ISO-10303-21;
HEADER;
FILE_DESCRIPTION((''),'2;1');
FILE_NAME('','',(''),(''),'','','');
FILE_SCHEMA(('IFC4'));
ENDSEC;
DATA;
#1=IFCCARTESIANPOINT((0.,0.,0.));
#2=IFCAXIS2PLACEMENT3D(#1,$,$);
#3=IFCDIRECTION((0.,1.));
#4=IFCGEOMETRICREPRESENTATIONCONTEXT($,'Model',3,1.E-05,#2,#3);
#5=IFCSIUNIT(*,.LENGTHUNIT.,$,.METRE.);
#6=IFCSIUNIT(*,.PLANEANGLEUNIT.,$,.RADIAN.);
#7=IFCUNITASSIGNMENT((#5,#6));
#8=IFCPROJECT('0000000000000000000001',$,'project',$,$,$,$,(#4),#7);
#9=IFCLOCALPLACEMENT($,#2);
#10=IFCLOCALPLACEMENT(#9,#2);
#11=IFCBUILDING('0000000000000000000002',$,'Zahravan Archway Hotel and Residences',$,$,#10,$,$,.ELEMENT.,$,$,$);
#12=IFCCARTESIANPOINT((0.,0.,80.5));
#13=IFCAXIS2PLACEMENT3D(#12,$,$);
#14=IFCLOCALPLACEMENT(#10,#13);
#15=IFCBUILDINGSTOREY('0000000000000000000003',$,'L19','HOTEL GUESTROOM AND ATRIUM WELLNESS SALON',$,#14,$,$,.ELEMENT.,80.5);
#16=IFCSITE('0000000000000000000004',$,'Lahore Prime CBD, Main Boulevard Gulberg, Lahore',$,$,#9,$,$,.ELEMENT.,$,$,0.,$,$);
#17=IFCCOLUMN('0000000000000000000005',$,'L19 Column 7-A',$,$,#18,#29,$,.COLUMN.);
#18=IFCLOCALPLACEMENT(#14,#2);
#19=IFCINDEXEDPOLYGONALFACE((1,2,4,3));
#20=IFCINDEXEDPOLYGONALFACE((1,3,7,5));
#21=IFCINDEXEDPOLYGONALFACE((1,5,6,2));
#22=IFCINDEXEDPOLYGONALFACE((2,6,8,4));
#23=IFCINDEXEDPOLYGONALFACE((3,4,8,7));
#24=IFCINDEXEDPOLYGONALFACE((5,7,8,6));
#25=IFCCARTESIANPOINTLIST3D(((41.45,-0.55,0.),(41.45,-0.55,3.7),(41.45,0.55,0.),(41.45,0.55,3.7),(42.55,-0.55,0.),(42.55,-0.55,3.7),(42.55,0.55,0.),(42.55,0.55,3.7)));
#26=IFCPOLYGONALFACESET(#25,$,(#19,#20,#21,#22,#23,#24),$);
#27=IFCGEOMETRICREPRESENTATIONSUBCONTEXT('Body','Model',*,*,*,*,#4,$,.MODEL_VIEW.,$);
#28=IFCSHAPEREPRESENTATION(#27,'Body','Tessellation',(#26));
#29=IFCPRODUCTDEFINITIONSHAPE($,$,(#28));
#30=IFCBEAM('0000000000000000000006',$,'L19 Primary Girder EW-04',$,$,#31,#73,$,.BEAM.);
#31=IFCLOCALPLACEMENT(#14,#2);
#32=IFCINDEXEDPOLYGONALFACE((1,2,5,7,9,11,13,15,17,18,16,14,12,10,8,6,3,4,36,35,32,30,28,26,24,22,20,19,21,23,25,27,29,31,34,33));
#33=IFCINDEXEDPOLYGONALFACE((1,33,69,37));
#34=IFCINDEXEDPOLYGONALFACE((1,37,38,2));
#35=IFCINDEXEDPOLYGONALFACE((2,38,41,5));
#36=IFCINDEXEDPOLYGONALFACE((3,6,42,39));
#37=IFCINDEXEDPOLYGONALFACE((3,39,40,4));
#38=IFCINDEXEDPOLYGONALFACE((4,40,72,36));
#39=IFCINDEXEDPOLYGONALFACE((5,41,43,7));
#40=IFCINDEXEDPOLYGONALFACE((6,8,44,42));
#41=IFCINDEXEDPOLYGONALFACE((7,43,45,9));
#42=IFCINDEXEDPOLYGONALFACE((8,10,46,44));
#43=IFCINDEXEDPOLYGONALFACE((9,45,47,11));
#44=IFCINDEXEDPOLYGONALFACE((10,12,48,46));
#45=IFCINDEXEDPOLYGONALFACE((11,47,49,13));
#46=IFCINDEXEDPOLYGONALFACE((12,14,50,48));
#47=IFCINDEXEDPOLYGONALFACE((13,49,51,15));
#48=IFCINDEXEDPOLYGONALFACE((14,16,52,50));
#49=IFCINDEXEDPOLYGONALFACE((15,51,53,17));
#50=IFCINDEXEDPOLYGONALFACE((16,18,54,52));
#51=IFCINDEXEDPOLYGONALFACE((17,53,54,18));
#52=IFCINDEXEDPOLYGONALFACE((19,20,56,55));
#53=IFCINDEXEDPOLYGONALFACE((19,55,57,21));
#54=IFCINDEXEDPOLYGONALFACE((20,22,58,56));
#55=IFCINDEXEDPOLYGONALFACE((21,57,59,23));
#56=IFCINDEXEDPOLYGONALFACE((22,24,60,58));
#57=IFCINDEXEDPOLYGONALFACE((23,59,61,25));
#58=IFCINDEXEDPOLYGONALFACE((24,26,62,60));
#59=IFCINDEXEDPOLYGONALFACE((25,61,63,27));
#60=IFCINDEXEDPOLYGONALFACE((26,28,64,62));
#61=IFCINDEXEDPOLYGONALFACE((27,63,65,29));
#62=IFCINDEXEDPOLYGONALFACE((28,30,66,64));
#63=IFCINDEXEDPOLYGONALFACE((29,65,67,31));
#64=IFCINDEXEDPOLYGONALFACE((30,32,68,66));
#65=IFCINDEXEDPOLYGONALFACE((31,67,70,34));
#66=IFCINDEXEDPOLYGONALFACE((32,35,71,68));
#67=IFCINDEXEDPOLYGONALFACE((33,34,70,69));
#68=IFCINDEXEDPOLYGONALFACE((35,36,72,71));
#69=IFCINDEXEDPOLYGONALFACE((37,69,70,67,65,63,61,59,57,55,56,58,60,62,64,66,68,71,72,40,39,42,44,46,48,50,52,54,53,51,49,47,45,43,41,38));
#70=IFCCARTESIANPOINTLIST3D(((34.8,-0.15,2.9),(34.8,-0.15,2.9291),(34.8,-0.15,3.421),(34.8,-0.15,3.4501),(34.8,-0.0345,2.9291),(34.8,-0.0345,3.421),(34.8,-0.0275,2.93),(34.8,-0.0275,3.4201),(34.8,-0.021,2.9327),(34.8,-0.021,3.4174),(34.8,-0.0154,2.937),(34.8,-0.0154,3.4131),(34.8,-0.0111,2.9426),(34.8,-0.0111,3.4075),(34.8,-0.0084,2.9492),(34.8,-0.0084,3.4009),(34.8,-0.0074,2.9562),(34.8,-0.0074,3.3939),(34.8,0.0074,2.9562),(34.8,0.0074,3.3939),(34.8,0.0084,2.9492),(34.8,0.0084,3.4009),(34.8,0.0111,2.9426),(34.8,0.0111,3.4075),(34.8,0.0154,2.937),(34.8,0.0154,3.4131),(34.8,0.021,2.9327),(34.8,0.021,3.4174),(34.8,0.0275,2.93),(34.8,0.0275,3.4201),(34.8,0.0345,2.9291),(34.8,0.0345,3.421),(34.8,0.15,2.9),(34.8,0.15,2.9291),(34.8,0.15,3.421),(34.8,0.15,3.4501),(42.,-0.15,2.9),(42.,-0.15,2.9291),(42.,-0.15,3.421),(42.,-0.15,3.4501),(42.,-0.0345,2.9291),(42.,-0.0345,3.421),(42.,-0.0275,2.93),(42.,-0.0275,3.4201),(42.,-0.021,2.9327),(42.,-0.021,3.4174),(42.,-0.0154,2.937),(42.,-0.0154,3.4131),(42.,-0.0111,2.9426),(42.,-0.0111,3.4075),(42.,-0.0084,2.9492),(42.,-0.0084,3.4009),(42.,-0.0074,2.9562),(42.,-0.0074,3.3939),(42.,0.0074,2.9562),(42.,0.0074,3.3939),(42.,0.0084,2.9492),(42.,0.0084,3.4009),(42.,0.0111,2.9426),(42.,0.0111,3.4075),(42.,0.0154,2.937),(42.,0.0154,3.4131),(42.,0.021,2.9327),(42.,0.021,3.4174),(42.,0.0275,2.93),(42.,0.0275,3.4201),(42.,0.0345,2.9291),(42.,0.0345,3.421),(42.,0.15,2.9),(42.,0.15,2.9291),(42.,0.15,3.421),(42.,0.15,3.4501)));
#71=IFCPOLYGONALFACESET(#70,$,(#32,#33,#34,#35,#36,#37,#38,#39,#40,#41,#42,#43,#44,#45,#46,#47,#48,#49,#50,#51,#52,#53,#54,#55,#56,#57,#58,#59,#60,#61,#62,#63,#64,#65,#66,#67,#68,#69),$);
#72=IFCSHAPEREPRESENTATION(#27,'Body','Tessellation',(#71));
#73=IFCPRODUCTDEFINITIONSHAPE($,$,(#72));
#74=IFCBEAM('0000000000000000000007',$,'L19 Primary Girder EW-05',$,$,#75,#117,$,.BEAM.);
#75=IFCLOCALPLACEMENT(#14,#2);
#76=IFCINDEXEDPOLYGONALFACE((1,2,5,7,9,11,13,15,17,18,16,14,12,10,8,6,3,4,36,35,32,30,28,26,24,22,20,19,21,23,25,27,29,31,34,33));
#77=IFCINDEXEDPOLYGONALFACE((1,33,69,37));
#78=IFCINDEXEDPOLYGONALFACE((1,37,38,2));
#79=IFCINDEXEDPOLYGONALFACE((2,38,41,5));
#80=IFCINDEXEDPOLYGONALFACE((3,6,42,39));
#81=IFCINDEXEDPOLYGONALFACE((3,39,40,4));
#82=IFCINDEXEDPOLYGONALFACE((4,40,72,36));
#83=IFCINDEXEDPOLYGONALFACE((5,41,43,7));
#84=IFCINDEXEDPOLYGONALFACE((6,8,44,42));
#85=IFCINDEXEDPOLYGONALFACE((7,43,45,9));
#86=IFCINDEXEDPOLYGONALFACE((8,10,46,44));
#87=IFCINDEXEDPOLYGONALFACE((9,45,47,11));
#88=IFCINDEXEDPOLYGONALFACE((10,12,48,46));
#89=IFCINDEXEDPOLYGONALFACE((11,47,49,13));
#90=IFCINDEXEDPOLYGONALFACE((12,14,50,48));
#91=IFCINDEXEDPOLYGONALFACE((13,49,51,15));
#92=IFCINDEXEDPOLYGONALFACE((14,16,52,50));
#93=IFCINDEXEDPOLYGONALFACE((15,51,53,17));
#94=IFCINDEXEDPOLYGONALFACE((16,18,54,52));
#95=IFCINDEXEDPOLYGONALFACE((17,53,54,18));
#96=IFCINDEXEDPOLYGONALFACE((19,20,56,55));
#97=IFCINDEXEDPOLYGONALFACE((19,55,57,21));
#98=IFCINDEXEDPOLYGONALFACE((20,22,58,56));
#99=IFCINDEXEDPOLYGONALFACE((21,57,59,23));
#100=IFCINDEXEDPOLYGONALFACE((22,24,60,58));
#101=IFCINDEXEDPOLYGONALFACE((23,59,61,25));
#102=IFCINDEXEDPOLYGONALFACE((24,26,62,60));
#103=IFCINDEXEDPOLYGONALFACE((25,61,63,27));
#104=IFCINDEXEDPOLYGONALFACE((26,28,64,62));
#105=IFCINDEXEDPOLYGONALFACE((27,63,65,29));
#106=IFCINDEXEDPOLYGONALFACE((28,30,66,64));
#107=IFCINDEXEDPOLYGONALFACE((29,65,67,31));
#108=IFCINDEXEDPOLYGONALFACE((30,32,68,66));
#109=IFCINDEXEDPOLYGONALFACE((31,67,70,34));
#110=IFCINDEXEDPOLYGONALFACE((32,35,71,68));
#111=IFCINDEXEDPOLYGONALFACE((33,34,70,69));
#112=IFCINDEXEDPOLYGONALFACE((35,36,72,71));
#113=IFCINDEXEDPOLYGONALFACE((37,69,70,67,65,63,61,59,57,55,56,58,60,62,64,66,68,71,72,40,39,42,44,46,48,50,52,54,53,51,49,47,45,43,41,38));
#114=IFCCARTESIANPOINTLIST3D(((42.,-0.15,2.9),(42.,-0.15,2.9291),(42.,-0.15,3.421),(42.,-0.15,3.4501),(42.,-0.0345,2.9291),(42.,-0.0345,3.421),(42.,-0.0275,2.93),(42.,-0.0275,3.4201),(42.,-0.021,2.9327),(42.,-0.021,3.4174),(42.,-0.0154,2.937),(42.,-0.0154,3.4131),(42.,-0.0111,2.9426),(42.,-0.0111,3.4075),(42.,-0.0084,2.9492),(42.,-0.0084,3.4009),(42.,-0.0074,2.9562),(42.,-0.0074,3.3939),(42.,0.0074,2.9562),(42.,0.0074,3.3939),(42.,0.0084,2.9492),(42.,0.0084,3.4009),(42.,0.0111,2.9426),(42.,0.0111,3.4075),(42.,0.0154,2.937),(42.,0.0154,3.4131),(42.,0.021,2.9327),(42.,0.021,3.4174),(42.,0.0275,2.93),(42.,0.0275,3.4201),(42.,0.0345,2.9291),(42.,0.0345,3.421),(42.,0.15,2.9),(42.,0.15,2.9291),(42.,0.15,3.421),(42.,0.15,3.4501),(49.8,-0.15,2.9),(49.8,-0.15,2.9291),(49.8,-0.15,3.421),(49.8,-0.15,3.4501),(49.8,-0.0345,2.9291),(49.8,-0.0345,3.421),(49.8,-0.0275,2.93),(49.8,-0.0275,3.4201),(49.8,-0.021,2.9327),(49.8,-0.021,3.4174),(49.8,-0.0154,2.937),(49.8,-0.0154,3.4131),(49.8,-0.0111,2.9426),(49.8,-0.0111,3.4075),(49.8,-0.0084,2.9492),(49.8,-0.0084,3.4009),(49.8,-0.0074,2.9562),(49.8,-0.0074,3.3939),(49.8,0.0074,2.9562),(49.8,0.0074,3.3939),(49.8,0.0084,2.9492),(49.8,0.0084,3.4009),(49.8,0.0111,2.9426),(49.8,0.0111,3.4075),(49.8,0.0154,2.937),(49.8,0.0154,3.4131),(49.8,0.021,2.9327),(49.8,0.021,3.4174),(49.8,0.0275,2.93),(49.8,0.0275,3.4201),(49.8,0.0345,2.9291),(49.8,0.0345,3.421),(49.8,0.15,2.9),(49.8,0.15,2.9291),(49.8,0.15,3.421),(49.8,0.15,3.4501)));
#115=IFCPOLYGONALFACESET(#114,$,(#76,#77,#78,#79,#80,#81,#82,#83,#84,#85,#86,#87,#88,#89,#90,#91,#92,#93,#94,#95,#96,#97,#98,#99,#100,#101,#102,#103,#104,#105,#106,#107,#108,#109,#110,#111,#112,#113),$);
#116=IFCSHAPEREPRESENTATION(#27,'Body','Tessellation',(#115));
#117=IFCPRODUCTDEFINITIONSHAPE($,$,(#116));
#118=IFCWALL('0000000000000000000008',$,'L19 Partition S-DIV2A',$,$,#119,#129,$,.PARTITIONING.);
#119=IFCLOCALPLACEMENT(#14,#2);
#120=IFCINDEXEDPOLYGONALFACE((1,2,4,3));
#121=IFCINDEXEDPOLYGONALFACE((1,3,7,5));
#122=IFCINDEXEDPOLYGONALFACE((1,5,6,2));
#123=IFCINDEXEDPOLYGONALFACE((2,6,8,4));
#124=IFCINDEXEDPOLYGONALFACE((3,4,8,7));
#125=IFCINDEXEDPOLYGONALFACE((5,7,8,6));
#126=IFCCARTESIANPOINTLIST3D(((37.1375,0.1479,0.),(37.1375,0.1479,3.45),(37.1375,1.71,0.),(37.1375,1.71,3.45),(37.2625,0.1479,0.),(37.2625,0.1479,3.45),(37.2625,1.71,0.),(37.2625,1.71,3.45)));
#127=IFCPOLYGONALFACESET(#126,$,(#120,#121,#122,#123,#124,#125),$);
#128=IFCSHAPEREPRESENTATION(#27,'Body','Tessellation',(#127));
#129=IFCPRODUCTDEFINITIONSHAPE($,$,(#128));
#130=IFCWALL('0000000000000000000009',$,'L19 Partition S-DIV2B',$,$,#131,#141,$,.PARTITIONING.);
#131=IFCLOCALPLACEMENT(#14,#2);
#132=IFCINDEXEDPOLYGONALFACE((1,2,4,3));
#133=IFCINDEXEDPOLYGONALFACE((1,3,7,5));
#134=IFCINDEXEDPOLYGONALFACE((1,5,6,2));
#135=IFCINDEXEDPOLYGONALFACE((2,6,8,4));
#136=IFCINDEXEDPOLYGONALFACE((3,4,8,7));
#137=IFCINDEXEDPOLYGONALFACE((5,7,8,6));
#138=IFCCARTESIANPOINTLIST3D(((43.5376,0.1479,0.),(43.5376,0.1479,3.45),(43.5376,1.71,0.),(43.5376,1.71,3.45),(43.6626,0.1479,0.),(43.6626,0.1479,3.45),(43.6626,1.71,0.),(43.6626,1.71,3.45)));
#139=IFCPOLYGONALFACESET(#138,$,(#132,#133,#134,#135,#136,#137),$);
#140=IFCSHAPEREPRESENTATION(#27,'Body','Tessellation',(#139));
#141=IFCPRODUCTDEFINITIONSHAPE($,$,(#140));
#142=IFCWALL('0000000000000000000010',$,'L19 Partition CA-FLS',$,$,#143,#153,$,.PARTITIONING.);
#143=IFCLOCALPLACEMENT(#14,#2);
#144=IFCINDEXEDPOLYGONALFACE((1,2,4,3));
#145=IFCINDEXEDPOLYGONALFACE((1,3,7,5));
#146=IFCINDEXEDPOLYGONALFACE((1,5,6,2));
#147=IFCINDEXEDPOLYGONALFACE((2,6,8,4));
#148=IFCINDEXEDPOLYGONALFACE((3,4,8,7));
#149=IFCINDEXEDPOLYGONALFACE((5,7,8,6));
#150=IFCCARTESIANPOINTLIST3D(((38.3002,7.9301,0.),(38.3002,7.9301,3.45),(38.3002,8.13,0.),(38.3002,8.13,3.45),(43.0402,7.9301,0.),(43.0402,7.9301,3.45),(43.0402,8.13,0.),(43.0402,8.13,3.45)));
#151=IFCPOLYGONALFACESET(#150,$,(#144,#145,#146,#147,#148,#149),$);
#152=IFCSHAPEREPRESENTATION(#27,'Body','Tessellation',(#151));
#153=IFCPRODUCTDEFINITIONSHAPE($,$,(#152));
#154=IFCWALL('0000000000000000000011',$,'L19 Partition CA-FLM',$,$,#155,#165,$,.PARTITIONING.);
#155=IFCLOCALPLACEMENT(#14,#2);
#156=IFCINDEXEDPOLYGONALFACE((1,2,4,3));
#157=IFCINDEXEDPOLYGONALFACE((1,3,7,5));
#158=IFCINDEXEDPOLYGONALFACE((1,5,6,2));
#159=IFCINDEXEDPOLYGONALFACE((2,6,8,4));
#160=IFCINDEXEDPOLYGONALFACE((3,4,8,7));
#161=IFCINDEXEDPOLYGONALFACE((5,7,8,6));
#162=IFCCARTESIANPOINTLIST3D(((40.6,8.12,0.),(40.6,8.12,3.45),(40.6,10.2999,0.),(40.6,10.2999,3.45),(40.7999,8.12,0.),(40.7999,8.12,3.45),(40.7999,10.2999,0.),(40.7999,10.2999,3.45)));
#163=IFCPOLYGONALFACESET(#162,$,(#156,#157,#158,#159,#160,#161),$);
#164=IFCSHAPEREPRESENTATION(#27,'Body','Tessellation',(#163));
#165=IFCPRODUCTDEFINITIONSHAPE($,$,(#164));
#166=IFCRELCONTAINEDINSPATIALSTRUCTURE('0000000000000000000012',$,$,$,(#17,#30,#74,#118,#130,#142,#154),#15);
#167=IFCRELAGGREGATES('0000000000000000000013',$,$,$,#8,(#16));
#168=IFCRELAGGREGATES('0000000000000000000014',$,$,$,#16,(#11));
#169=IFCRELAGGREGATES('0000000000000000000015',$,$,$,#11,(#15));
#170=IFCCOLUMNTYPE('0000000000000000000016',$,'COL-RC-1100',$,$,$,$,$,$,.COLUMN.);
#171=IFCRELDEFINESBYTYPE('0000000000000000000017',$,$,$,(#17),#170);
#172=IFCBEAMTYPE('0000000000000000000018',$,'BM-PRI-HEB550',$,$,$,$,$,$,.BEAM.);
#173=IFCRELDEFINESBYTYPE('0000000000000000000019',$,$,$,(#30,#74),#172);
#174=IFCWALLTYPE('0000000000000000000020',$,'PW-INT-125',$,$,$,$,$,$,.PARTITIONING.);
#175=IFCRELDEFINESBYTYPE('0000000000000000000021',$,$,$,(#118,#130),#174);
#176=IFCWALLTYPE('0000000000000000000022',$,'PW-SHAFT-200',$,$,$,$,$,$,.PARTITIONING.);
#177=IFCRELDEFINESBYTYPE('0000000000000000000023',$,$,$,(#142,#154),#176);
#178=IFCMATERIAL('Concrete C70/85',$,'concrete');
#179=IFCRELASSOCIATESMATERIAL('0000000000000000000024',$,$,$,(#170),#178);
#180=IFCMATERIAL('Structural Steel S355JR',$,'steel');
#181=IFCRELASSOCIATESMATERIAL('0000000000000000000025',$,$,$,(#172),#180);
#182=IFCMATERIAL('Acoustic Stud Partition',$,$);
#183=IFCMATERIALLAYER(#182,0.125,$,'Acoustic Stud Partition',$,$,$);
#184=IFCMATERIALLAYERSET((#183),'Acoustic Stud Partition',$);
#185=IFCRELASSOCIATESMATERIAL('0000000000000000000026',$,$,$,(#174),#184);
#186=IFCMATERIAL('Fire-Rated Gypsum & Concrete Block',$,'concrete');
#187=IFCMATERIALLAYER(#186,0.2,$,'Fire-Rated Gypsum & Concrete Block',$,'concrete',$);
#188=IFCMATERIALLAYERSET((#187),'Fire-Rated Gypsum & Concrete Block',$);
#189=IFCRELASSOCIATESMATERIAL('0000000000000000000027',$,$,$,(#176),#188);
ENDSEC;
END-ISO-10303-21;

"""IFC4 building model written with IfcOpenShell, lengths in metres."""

from ifc_helpers import new_model, si_unit, direction, frame, frame_2d, origin, origin_2d, place, context, subcontext, project, spatial, rectangle, i_section, extrude, source, transform, mapped, material, layer, layer_set, material_profile, profile_set, type_object, element, save


model = new_model("IFC4")

# Units and contexts
model_context = context("Model", 3, precision=1e-05, world=origin(), true_north=direction((0.0, 1.0)))
body_context = subcontext(model_context, "Body", "Model", "MODEL_VIEW")
ifc_project = project(units=[si_unit("LENGTHUNIT", "METRE"), si_unit("PLANEANGLEUNIT", "RADIAN")], contexts=[model_context])

# Site, building, storey
site_placement = place(None, origin())
site = spatial("IfcSite", under=ifc_project, at=site_placement, Name="Lahore Prime CBD, Main Boulevard Gulberg, Lahore", CompositionType="ELEMENT", RefElevation=0.0)
building_placement = place(site_placement, origin())
building = spatial("IfcBuilding", under=site, at=building_placement, Name="Zahravan Archway Hotel and Residences", CompositionType="ELEMENT")
storey_placement = place(building_placement, frame((0.0, 0.0, 80.5)))
storey = spatial("IfcBuildingStorey", under=building, at=storey_placement, Name="L19", Description="HOTEL GUESTROOM AND ATRIUM WELLNESS SALON", CompositionType="ELEMENT", Elevation=80.5)

# Column
ifc_material_1 = material(Name="Concrete C70/85", Category="concrete")
ifc_material_profile_1 = material_profile(ifc_material_1, rectangle(XDim=1.1001, YDim=1.1001, at=origin_2d()), Name="RC 1100x1100", Category="concrete")
ifc_profile_set_1 = profile_set([ifc_material_profile_1], Name="Concrete C70/85")
column_type = type_object("IfcColumnType", Name="COL-RC-1100", PredefinedType="COLUMN", material=ifc_profile_set_1)
shared_shape_1 = source(origin(), body_context, "Body", "SweptSolid", [
    extrude(rectangle(XDim=1.1001, YDim=1.1001, at=origin_2d()), origin(), (0.0, 0.0, 1.0), 3.7),
])
column_placement = place(storey_placement, frame((42.0, 0.0, 0.0), z_axis=(0.0, 0.0, 1.0), x_axis=(1.0, 0.0, 0.0)))
element("IfcColumn", 1, at=column_placement, inside=storey, type_object=column_type, Name="L19 Column 7-A", PredefinedType="COLUMN", context=body_context, shape_type="MappedRepresentation", body=[
    mapped(shared_shape_1, transform((0.0, 0.0, 0.0), scale=1.0)),
])

# Beams
ifc_material_2 = material(Name="Structural Steel S355JR", Category="steel")
ifc_material_profile_2 = material_profile(ifc_material_2, i_section(OverallWidth=0.3, OverallDepth=0.55, WebThickness=0.0149, FlangeThickness=0.0291, FilletRadius=0.0271, at=origin_2d()), Name="HEB 550", Category="steel")
ifc_profile_set_2 = profile_set([ifc_material_profile_2], Name="Structural Steel S355JR")
beam_type = type_object("IfcBeamType", Name="BM-PRI-HEB550", PredefinedType="BEAM", material=ifc_profile_set_2)
shared_shape_2 = source(origin(), body_context, "Body", "SweptSolid", [
    extrude(i_section(OverallWidth=0.3, OverallDepth=0.55, WebThickness=0.0149, FlangeThickness=0.0291, FilletRadius=0.0271, at=origin_2d()), origin(), (0.0, 0.0, 1.0), 7.2),
])
beam_1_placement = place(storey_placement, frame((34.8, 0.0, 3.175), z_axis=(1.0, 0.0, 0.0), x_axis=(0.0, 1.0, 0.0)))
element("IfcBeam", 2, at=beam_1_placement, inside=storey, type_object=beam_type, Name="L19 Primary Girder EW-04", PredefinedType="BEAM", context=body_context, shape_type="MappedRepresentation", body=[
    mapped(shared_shape_2, transform((0.0, 0.0, 0.0), scale=1.0)),
])
shared_shape_3 = source(origin(), body_context, "Body", "SweptSolid", [
    extrude(i_section(OverallWidth=0.3, OverallDepth=0.55, WebThickness=0.0149, FlangeThickness=0.0291, FilletRadius=0.0271, at=origin_2d()), origin(), (0.0, 0.0, 1.0), 7.8),
])
beam_2_placement = place(storey_placement, frame((42.0, 0.0, 3.175), z_axis=(1.0, 0.0, 0.0), x_axis=(0.0, 1.0, 0.0)))
element("IfcBeam", 3, at=beam_2_placement, inside=storey, type_object=beam_type, Name="L19 Primary Girder EW-05", PredefinedType="BEAM", context=body_context, shape_type="MappedRepresentation", body=[
    mapped(shared_shape_3, transform((0.0, 0.0, 0.0), scale=1.0)),
])

# Walls
ifc_material_3 = material(Name="Acoustic Stud Partition")
ifc_layer_1 = layer(ifc_material_3, 0.125, Name="Acoustic Stud Partition")
ifc_layer_set_1 = layer_set([ifc_layer_1], Name="Acoustic Stud Partition")
wall_type_1 = type_object("IfcWallType", Name="PW-INT-125", PredefinedType="PARTITIONING", material=ifc_layer_set_1)
for number, where, z_axis, x_axis, name in (
    (4, (37.2, 0.1479, 0.0), (0.0, 0.0, 1.0), (0.0, 1.0, 0.0), "L19 Partition S-DIV2A"),
    (5, (43.6001, 0.1479, 0.0), (0.0, 0.0, 1.0), (0.0, 1.0, 0.0), "L19 Partition S-DIV2B"),
):
    element("IfcWall", number, at=place(storey_placement, frame(where, z_axis=z_axis, x_axis=x_axis)), inside=storey, type_object=wall_type_1, Name=name, PredefinedType="PARTITIONING", context=body_context, shape_type="SweptSolid", body=[
        extrude(rectangle(XDim=1.562, YDim=0.125, at=frame_2d((0.781, 0.0))), origin(), (0.0, 0.0, 1.0), 3.45),
    ])
ifc_material_4 = material(Name="Fire-Rated Gypsum & Concrete Block", Category="concrete")
ifc_layer_2 = layer(ifc_material_4, 0.2, Name="Fire-Rated Gypsum & Concrete Block", Category="concrete")
ifc_layer_set_2 = layer_set([ifc_layer_2], Name="Fire-Rated Gypsum & Concrete Block")
wall_type_2 = type_object("IfcWallType", Name="PW-SHAFT-200", PredefinedType="PARTITIONING", material=ifc_layer_set_2)
wall_1_placement = place(storey_placement, frame((38.3, 8.03, 0.0), z_axis=(0.0, 0.0, 1.0), x_axis=(1.0, 0.0, 0.0)))
element("IfcWall", 6, at=wall_1_placement, inside=storey, type_object=wall_type_2, Name="L19 Partition CA-FLS", PredefinedType="PARTITIONING", context=body_context, shape_type="SweptSolid", body=[
    extrude(rectangle(XDim=4.74, YDim=0.2, at=frame_2d((2.3701, 0.0))), origin(), (0.0, 0.0, 1.0), 3.45),
])
wall_2_placement = place(storey_placement, frame((40.7, 8.1201, 0.0), z_axis=(0.0, 0.0, 1.0), x_axis=(0.0, 1.0, 0.0)))
element("IfcWall", 7, at=wall_2_placement, inside=storey, type_object=wall_type_2, Name="L19 Partition CA-FLM", PredefinedType="PARTITIONING", context=body_context, shape_type="SweptSolid", body=[
    extrude(rectangle(XDim=2.1799, YDim=0.2, at=frame_2d((1.0898, 0.0))), origin(), (0.0, 0.0, 1.0), 3.45),
])

save(model, "model.ifc")
